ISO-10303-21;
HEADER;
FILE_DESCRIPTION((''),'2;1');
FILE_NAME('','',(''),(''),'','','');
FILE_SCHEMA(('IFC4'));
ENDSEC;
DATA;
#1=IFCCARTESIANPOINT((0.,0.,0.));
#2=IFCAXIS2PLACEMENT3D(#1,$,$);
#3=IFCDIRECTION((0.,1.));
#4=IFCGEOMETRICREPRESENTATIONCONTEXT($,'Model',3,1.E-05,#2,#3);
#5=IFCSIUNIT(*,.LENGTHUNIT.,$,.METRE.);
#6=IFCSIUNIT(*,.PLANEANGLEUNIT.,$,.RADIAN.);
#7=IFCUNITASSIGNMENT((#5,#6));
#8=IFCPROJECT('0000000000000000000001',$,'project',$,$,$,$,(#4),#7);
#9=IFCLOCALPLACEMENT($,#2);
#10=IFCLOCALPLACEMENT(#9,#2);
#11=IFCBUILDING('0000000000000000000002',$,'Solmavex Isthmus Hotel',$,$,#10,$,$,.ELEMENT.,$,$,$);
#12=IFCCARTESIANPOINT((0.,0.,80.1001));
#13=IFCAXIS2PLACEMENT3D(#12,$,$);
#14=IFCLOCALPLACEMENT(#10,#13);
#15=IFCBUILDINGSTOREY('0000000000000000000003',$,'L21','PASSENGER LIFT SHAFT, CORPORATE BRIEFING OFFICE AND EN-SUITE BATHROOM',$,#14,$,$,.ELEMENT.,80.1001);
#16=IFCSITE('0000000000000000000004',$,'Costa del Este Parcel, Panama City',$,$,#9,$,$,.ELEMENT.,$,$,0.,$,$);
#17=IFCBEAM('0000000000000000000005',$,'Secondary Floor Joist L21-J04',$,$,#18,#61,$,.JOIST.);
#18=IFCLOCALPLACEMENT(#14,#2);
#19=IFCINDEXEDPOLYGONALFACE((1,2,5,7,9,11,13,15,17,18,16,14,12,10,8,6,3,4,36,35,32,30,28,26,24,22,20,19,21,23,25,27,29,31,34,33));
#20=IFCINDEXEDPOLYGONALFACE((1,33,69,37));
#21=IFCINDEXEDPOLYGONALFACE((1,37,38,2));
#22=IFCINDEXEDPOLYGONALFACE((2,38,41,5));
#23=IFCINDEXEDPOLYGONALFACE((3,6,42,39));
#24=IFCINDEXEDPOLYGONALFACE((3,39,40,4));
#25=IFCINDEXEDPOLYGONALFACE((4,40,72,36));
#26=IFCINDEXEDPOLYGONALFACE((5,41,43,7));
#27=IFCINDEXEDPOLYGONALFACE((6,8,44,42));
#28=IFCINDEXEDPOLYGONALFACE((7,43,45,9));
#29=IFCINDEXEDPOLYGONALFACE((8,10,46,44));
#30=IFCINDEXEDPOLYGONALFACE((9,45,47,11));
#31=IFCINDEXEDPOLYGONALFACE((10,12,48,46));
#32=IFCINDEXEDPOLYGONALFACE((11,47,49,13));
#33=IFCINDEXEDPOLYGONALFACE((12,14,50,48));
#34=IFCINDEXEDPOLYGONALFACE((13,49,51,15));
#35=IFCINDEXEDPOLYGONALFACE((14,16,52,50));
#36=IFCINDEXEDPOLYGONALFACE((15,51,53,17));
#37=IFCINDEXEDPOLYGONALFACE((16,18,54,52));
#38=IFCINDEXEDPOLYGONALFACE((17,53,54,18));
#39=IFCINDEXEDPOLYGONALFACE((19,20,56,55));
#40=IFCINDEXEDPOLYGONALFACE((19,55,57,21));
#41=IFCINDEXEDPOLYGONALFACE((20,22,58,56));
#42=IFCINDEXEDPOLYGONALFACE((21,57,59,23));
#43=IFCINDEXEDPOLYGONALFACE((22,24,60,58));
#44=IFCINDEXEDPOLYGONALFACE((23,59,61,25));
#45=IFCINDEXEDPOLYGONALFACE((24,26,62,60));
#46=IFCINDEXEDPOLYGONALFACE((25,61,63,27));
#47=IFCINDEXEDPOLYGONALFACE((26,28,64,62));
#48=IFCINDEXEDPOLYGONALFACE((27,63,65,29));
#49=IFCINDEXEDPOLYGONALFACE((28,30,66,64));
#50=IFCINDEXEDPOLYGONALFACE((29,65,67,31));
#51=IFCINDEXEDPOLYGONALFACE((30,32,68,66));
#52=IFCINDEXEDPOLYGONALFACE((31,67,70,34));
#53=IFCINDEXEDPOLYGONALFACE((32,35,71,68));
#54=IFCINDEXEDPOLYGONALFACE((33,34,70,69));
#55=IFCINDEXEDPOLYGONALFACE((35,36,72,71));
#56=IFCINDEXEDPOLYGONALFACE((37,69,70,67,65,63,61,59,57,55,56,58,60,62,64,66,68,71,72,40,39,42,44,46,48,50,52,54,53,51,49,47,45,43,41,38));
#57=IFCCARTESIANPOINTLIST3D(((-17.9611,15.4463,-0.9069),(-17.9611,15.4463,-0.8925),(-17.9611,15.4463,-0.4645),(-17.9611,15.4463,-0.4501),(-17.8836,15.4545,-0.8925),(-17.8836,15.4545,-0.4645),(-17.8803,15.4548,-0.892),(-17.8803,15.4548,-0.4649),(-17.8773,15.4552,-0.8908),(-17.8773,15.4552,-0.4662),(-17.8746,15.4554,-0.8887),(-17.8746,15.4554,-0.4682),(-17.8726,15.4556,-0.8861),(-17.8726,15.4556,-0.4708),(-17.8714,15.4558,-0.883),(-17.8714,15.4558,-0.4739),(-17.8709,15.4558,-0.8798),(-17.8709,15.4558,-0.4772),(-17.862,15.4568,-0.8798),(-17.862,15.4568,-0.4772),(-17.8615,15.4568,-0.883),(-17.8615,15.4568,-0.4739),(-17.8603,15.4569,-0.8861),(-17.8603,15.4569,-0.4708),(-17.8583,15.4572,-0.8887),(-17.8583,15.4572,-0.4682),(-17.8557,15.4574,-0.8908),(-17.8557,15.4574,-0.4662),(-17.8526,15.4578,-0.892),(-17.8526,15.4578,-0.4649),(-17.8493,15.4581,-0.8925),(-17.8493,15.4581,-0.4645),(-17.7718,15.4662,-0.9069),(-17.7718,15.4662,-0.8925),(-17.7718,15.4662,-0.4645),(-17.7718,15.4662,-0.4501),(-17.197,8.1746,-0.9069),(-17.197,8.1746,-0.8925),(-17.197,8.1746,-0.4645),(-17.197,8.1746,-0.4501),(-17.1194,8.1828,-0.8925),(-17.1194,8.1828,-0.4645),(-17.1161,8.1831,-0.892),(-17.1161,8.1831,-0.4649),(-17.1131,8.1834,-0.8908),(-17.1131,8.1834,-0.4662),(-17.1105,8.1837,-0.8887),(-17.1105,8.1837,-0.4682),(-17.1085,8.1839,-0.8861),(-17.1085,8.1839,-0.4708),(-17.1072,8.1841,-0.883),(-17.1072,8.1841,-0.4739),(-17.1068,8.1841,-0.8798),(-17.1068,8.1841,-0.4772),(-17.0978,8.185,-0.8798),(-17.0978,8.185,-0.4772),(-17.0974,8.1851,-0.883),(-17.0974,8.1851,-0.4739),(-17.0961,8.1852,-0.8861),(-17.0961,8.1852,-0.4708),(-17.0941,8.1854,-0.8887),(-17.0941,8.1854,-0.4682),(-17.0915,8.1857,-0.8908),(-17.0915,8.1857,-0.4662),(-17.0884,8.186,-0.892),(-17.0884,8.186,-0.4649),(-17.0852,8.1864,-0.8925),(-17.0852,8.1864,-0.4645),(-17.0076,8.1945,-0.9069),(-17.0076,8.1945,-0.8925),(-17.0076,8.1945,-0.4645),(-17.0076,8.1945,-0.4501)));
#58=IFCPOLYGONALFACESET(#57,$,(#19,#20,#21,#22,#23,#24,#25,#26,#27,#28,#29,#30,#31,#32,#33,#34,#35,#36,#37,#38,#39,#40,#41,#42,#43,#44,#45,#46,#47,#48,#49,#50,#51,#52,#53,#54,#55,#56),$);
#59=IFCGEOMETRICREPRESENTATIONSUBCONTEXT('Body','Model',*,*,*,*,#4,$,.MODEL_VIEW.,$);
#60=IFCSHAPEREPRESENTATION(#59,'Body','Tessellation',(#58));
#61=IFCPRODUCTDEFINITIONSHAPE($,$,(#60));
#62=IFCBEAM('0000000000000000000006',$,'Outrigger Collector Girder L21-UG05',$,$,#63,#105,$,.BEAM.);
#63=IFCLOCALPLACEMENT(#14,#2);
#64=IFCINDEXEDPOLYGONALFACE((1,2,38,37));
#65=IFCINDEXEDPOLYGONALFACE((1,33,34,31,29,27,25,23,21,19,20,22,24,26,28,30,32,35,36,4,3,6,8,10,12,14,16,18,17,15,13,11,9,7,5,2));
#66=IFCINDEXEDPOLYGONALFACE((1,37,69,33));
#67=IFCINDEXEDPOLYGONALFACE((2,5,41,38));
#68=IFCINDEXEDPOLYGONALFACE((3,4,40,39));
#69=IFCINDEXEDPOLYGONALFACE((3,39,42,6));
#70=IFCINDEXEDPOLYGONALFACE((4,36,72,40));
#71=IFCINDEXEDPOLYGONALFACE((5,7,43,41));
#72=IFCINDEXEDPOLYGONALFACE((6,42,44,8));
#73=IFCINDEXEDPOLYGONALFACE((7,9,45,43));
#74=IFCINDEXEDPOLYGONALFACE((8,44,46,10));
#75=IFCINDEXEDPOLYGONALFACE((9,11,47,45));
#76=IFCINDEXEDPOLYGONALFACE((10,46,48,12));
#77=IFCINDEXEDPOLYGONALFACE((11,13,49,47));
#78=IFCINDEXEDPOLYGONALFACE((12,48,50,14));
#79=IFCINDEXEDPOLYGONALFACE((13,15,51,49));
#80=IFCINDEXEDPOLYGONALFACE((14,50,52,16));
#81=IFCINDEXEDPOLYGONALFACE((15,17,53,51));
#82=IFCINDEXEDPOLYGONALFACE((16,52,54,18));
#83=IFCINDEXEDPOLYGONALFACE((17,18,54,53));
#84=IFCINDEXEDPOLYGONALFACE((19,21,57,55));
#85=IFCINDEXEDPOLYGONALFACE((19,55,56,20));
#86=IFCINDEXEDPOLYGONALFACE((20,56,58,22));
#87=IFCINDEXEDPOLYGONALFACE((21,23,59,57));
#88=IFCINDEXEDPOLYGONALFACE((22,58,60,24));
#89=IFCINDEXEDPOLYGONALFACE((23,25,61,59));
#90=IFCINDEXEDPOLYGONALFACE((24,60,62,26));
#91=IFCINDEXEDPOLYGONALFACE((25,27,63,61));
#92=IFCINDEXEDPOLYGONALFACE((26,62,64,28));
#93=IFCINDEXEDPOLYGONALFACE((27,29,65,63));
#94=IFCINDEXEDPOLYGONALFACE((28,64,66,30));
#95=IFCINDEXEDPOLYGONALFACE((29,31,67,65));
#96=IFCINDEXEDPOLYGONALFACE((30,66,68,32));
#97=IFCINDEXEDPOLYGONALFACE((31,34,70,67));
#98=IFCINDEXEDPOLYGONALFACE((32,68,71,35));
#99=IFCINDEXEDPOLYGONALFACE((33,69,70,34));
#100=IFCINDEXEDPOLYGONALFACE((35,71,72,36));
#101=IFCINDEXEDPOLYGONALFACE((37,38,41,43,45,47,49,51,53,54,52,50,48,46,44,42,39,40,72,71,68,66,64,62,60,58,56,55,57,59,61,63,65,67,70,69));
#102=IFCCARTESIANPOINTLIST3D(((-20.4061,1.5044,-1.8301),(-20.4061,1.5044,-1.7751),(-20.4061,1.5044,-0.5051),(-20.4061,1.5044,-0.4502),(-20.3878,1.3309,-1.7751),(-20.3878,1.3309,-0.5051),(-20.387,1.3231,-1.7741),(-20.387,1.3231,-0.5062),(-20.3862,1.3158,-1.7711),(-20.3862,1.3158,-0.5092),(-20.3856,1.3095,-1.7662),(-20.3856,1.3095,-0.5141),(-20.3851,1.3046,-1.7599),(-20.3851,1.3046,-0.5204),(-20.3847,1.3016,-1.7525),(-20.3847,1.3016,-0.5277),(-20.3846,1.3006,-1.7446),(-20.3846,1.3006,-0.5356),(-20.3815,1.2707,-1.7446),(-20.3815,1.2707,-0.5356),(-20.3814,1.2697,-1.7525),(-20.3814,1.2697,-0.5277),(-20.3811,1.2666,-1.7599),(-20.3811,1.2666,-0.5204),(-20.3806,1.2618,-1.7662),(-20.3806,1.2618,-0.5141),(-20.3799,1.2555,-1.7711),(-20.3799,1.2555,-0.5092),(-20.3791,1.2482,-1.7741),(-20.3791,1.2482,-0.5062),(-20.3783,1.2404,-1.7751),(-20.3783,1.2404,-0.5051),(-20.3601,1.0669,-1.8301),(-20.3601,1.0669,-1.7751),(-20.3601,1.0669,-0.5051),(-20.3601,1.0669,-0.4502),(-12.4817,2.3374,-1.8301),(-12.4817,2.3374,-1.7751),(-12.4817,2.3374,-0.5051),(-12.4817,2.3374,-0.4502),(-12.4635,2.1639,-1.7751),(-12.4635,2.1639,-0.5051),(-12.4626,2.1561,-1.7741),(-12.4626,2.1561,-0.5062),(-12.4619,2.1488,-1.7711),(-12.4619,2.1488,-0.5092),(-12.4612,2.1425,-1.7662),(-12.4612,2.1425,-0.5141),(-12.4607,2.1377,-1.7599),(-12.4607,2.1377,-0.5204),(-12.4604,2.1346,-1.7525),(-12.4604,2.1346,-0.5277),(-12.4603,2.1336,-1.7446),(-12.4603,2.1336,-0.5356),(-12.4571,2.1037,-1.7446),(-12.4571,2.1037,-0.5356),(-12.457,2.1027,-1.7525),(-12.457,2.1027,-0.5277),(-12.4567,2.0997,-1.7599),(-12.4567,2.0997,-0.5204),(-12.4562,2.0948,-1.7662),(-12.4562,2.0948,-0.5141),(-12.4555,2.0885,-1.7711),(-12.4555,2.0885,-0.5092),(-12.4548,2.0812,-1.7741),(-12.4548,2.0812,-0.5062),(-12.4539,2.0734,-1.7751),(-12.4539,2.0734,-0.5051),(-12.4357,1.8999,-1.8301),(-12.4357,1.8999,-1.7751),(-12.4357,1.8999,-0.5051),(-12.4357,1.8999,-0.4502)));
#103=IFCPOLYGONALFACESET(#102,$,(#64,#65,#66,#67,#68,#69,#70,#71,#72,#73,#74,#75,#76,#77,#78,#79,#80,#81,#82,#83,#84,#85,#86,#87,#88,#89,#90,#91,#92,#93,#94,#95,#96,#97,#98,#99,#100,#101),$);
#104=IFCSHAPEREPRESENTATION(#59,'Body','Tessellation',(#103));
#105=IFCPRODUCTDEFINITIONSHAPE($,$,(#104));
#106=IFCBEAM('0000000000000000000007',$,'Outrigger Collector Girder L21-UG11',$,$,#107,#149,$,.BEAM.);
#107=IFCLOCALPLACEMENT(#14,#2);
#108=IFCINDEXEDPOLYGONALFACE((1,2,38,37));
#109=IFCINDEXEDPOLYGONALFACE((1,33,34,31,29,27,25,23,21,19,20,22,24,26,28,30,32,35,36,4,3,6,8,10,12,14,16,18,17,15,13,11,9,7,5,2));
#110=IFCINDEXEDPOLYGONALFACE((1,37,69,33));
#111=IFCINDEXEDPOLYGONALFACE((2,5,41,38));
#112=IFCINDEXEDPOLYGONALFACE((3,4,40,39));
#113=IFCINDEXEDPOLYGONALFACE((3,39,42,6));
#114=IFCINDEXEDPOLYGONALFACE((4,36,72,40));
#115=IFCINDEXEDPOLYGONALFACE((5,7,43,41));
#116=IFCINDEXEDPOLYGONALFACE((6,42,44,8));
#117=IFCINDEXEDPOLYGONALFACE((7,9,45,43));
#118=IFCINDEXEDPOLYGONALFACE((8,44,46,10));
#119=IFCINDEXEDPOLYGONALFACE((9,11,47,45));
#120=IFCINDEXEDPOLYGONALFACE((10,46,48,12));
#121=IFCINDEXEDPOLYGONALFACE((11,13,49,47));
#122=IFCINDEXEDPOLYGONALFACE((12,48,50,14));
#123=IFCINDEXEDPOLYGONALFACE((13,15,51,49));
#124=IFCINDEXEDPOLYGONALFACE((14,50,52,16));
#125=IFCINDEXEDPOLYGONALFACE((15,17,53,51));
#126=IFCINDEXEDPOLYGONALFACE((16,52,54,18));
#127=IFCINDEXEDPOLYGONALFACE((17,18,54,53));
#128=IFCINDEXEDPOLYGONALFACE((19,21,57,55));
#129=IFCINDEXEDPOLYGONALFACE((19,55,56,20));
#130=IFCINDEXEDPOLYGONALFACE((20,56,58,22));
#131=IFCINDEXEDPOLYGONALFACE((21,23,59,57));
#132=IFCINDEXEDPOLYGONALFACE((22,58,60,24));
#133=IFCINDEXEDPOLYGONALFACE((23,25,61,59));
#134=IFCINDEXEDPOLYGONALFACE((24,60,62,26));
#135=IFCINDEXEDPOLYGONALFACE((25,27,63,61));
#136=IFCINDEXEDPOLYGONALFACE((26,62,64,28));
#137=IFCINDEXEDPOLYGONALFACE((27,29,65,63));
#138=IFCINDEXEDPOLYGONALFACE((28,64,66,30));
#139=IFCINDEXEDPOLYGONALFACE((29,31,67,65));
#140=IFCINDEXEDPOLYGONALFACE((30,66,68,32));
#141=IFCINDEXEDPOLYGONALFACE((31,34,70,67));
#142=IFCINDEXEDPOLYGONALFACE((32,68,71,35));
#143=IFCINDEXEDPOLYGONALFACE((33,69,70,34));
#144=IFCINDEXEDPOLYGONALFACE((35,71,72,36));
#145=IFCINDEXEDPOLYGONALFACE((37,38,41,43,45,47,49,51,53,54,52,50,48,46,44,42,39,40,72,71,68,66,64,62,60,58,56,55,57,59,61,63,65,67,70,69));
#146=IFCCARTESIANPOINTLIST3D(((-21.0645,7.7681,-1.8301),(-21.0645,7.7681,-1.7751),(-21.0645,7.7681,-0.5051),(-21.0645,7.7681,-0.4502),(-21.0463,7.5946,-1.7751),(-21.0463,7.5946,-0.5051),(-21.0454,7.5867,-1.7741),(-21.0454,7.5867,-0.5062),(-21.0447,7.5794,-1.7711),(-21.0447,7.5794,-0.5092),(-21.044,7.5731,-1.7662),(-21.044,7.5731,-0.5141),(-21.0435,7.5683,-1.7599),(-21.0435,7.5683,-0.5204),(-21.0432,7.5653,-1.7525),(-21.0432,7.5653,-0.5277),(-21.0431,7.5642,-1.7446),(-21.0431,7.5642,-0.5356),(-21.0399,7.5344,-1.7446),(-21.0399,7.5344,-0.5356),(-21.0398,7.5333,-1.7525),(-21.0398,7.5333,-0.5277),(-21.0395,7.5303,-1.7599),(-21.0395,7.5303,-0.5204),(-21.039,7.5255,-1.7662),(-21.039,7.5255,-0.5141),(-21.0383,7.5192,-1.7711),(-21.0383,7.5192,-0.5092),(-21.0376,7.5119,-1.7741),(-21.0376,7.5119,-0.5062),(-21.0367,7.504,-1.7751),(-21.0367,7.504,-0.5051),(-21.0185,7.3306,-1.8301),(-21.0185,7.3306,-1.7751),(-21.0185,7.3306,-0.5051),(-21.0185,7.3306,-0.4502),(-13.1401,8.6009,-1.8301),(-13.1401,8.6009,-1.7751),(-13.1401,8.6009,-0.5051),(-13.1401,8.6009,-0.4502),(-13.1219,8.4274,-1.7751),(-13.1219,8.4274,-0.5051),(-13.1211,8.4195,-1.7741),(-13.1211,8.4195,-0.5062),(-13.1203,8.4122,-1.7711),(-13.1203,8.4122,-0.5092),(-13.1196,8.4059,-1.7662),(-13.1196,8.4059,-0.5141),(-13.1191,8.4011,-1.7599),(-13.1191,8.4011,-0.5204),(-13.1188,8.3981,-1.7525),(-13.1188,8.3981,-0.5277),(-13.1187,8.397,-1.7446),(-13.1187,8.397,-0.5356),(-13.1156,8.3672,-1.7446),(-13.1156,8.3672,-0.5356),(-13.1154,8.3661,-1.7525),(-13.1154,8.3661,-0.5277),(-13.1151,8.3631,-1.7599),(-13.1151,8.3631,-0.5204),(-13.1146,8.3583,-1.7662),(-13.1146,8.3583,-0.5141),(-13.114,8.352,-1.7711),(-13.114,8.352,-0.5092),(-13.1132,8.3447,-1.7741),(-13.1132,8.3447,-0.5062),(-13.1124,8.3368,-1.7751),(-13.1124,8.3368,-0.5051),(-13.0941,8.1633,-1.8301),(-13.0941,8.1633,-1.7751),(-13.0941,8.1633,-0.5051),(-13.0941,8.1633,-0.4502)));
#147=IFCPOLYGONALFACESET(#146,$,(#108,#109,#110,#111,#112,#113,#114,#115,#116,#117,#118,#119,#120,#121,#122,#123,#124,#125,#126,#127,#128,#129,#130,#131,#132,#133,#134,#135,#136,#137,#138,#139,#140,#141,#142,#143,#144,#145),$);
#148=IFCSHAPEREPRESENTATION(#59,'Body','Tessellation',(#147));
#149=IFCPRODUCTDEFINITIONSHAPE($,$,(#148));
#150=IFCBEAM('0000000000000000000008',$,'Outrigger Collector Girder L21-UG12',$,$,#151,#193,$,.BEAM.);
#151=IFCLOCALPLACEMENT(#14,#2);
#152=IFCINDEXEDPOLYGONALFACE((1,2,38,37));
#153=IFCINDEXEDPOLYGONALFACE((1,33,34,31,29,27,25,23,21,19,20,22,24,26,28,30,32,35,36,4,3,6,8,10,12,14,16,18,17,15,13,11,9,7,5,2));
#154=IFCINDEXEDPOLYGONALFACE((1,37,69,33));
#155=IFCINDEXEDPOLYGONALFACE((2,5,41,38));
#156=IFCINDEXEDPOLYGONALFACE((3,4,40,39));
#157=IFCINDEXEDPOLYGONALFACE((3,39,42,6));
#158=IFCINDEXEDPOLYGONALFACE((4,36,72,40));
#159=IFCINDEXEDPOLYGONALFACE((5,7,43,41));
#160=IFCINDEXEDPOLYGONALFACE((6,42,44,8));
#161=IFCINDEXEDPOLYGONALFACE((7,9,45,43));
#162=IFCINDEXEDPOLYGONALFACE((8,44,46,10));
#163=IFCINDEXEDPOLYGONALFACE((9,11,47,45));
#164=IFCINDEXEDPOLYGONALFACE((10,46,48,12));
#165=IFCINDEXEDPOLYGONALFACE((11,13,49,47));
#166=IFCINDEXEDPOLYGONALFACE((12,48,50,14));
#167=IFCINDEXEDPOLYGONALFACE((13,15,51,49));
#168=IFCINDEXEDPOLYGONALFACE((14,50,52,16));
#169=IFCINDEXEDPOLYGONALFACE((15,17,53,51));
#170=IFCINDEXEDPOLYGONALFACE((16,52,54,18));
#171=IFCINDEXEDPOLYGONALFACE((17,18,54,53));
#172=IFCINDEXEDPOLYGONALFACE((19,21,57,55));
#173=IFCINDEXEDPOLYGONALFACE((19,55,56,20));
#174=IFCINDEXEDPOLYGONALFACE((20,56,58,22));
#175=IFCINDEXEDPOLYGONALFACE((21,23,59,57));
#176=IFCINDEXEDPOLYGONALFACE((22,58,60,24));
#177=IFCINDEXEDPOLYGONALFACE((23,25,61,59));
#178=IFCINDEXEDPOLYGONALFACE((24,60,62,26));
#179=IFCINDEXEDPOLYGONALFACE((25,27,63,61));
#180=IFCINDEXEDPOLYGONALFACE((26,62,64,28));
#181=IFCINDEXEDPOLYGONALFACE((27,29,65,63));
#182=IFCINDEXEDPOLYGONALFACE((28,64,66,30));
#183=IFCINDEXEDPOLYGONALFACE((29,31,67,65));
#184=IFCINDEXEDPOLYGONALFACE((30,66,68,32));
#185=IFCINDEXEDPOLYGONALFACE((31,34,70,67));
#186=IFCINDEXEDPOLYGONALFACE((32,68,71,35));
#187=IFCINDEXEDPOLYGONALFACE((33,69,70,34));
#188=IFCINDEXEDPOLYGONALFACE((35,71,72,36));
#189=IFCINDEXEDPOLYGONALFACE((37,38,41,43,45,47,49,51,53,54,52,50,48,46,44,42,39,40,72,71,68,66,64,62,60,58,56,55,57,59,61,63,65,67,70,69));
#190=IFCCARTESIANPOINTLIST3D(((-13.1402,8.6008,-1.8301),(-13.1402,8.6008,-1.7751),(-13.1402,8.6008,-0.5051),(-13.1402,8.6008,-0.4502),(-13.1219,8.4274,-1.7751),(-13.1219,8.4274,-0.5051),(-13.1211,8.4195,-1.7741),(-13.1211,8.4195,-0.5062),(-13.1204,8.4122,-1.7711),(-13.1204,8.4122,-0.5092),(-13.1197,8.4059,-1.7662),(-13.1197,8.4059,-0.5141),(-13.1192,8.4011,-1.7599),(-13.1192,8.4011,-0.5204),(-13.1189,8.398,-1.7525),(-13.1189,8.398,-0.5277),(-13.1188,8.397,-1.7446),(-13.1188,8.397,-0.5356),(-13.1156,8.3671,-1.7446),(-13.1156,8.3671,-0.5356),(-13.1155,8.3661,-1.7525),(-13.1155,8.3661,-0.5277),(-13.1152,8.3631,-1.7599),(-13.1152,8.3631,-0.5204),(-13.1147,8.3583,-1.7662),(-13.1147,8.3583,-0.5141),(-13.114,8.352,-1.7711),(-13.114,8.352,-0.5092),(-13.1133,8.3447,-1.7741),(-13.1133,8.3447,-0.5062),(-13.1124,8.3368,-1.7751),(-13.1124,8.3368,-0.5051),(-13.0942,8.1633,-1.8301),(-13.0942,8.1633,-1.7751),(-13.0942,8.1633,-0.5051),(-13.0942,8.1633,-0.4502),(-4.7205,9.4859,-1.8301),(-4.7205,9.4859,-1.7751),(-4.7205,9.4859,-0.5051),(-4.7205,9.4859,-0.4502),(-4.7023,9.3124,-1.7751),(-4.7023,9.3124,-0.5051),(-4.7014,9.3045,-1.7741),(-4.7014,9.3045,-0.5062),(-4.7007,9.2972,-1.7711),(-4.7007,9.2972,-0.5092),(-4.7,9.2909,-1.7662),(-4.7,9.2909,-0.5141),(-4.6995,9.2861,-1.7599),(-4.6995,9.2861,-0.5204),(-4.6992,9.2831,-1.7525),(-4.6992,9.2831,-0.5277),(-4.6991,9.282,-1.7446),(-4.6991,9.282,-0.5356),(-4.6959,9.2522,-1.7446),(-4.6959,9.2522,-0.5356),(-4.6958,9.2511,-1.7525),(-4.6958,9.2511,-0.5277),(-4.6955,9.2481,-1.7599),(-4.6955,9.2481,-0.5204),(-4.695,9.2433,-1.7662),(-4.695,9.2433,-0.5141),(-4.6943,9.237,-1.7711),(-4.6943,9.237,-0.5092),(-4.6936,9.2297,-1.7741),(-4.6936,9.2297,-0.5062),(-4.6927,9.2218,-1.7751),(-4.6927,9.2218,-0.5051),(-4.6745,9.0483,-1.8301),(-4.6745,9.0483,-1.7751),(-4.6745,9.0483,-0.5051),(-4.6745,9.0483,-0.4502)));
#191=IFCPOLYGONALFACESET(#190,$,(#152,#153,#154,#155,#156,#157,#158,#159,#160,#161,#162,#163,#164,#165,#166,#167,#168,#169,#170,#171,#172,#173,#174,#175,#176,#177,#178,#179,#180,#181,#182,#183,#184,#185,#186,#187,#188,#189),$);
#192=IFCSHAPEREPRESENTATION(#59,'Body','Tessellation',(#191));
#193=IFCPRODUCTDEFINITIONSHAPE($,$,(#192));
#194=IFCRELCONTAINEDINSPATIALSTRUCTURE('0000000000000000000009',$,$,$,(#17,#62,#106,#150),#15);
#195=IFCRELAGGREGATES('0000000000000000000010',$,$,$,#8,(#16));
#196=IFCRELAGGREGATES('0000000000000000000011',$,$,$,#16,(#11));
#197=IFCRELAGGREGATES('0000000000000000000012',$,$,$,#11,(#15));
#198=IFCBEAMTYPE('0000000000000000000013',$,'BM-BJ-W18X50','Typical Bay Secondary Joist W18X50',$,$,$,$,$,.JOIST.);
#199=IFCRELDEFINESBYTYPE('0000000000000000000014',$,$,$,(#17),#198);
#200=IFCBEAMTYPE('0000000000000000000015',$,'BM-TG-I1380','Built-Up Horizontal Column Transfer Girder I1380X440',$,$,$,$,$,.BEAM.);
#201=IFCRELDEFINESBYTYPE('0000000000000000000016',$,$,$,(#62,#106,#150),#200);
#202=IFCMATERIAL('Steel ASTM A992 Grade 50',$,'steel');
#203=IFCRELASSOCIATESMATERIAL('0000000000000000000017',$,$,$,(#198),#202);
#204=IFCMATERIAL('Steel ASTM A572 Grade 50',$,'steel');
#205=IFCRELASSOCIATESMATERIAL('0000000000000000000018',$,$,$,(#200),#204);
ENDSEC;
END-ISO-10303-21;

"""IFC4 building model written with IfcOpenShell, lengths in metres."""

from ifc_helpers import new_model, si_unit, direction, frame, origin, origin_2d, place, context, subcontext, project, spatial, i_section, extrude, material, material_profile, profile_set, type_object, element, save


model = new_model("IFC4")

# Units and contexts
model_context = context("Model", 3, precision=1e-05, world=origin(), true_north=direction((0.0, 1.0)))
body_context = subcontext(model_context, "Body", "Model", "MODEL_VIEW")
ifc_project = project(units=[si_unit("LENGTHUNIT", "METRE"), si_unit("PLANEANGLEUNIT", "RADIAN")], contexts=[model_context])

# Site, building, storey
site_placement = place(None, origin())
site = spatial("IfcSite", under=ifc_project, at=site_placement, Name="Costa del Este Parcel, Panama City", CompositionType="ELEMENT", RefElevation=0.0)
building_placement = place(site_placement, origin())
building = spatial("IfcBuilding", under=site, at=building_placement, Name="Solmavex Isthmus Hotel", CompositionType="ELEMENT")
storey_placement = place(building_placement, frame((0.0, 0.0, 80.1001)))
storey = spatial("IfcBuildingStorey", under=building, at=storey_placement, Name="L21", Description="PASSENGER LIFT SHAFT, CORPORATE BRIEFING OFFICE AND EN-SUITE BATHROOM", CompositionType="ELEMENT", Elevation=80.1001)

# Beams
ifc_material_1 = material(Name="Steel ASTM A992 Grade 50", Category="steel")
ifc_material_profile_1 = material_profile(ifc_material_1, i_section(OverallWidth=0.1904, OverallDepth=0.4568, WebThickness=0.009, FlangeThickness=0.0144, FilletRadius=0.0127, at=origin_2d()), Name="W18X50")
ifc_profile_set_1 = profile_set([ifc_material_profile_1], Name="Steel ASTM A992 Grade 50")
beam_type_1 = type_object("IfcBeamType", Name="BM-BJ-W18X50", Description="Typical Bay Secondary Joist W18X50", PredefinedType="JOIST", material=ifc_profile_set_1)
beam_1_placement = place(storey_placement, frame((-17.1023, 8.1846, -0.6785), z_axis=(-0.104511, 0.994524, 0.0), x_axis=(-0.994524, -0.104511, 0.0)))
element("IfcBeam", 1, at=beam_1_placement, inside=storey, type_object=beam_type_1, Name="Secondary Floor Joist L21-J04", PredefinedType="JOIST", context=body_context, shape_type="SweptSolid", body=[
    extrude(i_section(OverallWidth=0.1904, OverallDepth=0.4568, WebThickness=0.009, FlangeThickness=0.0144, FilletRadius=0.0127, at=origin_2d()), origin(), (0.0, 0.0, 1.0), 7.3118),
])
ifc_material_2 = material(Name="Steel ASTM A572 Grade 50", Category="steel")
ifc_material_profile_2 = material_profile(ifc_material_2, i_section(OverallWidth=0.4399, OverallDepth=1.3799, WebThickness=0.03, FlangeThickness=0.0549, FilletRadius=0.0305, at=origin_2d()), Name="I1380X440")
ifc_profile_set_2 = profile_set([ifc_material_profile_2], Name="Steel ASTM A572 Grade 50")
beam_type_2 = type_object("IfcBeamType", Name="BM-TG-I1380", Description="Built-Up Horizontal Column Transfer Girder I1380X440", PredefinedType="BEAM", material=ifc_profile_set_2)
for number, where, z_axis, x_axis, name in (
    (2, (-20.3831, 1.2856, -1.1401), (0.99452, 0.104544, 0.0), (-0.104544, 0.99452, 0.0), "Outrigger Collector Girder L21-UG05"),
    (3, (-21.0415, 7.5493, -1.1401), (0.994523, 0.104514, 0.0), (-0.104514, 0.994523, 0.0), "Outrigger Collector Girder L21-UG11"),
):
    element("IfcBeam", number, at=place(storey_placement, frame(where, z_axis=z_axis, x_axis=x_axis)), inside=storey, type_object=beam_type_2, Name=name, PredefinedType="BEAM", context=body_context, shape_type="SweptSolid", body=[
        extrude(i_section(OverallWidth=0.4399, OverallDepth=1.3799, WebThickness=0.03, FlangeThickness=0.0549, FilletRadius=0.0305, at=origin_2d()), origin(), (0.0, 0.0, 1.0), 7.968),
    ])
beam_2_placement = place(storey_placement, frame((-13.1172, 8.3821, -1.1401), z_axis=(0.994521, 0.104536, 0.0), x_axis=(-0.104536, 0.994521, 0.0)))
element("IfcBeam", 4, at=beam_2_placement, inside=storey, type_object=beam_type_2, Name="Outrigger Collector Girder L21-UG12", PredefinedType="BEAM", context=body_context, shape_type="SweptSolid", body=[
    extrude(i_section(OverallWidth=0.4399, OverallDepth=1.3799, WebThickness=0.03, FlangeThickness=0.0549, FilletRadius=0.0305, at=origin_2d()), origin(), (0.0, 0.0, 1.0), 8.4661),
])

save(model, "model.ifc")
